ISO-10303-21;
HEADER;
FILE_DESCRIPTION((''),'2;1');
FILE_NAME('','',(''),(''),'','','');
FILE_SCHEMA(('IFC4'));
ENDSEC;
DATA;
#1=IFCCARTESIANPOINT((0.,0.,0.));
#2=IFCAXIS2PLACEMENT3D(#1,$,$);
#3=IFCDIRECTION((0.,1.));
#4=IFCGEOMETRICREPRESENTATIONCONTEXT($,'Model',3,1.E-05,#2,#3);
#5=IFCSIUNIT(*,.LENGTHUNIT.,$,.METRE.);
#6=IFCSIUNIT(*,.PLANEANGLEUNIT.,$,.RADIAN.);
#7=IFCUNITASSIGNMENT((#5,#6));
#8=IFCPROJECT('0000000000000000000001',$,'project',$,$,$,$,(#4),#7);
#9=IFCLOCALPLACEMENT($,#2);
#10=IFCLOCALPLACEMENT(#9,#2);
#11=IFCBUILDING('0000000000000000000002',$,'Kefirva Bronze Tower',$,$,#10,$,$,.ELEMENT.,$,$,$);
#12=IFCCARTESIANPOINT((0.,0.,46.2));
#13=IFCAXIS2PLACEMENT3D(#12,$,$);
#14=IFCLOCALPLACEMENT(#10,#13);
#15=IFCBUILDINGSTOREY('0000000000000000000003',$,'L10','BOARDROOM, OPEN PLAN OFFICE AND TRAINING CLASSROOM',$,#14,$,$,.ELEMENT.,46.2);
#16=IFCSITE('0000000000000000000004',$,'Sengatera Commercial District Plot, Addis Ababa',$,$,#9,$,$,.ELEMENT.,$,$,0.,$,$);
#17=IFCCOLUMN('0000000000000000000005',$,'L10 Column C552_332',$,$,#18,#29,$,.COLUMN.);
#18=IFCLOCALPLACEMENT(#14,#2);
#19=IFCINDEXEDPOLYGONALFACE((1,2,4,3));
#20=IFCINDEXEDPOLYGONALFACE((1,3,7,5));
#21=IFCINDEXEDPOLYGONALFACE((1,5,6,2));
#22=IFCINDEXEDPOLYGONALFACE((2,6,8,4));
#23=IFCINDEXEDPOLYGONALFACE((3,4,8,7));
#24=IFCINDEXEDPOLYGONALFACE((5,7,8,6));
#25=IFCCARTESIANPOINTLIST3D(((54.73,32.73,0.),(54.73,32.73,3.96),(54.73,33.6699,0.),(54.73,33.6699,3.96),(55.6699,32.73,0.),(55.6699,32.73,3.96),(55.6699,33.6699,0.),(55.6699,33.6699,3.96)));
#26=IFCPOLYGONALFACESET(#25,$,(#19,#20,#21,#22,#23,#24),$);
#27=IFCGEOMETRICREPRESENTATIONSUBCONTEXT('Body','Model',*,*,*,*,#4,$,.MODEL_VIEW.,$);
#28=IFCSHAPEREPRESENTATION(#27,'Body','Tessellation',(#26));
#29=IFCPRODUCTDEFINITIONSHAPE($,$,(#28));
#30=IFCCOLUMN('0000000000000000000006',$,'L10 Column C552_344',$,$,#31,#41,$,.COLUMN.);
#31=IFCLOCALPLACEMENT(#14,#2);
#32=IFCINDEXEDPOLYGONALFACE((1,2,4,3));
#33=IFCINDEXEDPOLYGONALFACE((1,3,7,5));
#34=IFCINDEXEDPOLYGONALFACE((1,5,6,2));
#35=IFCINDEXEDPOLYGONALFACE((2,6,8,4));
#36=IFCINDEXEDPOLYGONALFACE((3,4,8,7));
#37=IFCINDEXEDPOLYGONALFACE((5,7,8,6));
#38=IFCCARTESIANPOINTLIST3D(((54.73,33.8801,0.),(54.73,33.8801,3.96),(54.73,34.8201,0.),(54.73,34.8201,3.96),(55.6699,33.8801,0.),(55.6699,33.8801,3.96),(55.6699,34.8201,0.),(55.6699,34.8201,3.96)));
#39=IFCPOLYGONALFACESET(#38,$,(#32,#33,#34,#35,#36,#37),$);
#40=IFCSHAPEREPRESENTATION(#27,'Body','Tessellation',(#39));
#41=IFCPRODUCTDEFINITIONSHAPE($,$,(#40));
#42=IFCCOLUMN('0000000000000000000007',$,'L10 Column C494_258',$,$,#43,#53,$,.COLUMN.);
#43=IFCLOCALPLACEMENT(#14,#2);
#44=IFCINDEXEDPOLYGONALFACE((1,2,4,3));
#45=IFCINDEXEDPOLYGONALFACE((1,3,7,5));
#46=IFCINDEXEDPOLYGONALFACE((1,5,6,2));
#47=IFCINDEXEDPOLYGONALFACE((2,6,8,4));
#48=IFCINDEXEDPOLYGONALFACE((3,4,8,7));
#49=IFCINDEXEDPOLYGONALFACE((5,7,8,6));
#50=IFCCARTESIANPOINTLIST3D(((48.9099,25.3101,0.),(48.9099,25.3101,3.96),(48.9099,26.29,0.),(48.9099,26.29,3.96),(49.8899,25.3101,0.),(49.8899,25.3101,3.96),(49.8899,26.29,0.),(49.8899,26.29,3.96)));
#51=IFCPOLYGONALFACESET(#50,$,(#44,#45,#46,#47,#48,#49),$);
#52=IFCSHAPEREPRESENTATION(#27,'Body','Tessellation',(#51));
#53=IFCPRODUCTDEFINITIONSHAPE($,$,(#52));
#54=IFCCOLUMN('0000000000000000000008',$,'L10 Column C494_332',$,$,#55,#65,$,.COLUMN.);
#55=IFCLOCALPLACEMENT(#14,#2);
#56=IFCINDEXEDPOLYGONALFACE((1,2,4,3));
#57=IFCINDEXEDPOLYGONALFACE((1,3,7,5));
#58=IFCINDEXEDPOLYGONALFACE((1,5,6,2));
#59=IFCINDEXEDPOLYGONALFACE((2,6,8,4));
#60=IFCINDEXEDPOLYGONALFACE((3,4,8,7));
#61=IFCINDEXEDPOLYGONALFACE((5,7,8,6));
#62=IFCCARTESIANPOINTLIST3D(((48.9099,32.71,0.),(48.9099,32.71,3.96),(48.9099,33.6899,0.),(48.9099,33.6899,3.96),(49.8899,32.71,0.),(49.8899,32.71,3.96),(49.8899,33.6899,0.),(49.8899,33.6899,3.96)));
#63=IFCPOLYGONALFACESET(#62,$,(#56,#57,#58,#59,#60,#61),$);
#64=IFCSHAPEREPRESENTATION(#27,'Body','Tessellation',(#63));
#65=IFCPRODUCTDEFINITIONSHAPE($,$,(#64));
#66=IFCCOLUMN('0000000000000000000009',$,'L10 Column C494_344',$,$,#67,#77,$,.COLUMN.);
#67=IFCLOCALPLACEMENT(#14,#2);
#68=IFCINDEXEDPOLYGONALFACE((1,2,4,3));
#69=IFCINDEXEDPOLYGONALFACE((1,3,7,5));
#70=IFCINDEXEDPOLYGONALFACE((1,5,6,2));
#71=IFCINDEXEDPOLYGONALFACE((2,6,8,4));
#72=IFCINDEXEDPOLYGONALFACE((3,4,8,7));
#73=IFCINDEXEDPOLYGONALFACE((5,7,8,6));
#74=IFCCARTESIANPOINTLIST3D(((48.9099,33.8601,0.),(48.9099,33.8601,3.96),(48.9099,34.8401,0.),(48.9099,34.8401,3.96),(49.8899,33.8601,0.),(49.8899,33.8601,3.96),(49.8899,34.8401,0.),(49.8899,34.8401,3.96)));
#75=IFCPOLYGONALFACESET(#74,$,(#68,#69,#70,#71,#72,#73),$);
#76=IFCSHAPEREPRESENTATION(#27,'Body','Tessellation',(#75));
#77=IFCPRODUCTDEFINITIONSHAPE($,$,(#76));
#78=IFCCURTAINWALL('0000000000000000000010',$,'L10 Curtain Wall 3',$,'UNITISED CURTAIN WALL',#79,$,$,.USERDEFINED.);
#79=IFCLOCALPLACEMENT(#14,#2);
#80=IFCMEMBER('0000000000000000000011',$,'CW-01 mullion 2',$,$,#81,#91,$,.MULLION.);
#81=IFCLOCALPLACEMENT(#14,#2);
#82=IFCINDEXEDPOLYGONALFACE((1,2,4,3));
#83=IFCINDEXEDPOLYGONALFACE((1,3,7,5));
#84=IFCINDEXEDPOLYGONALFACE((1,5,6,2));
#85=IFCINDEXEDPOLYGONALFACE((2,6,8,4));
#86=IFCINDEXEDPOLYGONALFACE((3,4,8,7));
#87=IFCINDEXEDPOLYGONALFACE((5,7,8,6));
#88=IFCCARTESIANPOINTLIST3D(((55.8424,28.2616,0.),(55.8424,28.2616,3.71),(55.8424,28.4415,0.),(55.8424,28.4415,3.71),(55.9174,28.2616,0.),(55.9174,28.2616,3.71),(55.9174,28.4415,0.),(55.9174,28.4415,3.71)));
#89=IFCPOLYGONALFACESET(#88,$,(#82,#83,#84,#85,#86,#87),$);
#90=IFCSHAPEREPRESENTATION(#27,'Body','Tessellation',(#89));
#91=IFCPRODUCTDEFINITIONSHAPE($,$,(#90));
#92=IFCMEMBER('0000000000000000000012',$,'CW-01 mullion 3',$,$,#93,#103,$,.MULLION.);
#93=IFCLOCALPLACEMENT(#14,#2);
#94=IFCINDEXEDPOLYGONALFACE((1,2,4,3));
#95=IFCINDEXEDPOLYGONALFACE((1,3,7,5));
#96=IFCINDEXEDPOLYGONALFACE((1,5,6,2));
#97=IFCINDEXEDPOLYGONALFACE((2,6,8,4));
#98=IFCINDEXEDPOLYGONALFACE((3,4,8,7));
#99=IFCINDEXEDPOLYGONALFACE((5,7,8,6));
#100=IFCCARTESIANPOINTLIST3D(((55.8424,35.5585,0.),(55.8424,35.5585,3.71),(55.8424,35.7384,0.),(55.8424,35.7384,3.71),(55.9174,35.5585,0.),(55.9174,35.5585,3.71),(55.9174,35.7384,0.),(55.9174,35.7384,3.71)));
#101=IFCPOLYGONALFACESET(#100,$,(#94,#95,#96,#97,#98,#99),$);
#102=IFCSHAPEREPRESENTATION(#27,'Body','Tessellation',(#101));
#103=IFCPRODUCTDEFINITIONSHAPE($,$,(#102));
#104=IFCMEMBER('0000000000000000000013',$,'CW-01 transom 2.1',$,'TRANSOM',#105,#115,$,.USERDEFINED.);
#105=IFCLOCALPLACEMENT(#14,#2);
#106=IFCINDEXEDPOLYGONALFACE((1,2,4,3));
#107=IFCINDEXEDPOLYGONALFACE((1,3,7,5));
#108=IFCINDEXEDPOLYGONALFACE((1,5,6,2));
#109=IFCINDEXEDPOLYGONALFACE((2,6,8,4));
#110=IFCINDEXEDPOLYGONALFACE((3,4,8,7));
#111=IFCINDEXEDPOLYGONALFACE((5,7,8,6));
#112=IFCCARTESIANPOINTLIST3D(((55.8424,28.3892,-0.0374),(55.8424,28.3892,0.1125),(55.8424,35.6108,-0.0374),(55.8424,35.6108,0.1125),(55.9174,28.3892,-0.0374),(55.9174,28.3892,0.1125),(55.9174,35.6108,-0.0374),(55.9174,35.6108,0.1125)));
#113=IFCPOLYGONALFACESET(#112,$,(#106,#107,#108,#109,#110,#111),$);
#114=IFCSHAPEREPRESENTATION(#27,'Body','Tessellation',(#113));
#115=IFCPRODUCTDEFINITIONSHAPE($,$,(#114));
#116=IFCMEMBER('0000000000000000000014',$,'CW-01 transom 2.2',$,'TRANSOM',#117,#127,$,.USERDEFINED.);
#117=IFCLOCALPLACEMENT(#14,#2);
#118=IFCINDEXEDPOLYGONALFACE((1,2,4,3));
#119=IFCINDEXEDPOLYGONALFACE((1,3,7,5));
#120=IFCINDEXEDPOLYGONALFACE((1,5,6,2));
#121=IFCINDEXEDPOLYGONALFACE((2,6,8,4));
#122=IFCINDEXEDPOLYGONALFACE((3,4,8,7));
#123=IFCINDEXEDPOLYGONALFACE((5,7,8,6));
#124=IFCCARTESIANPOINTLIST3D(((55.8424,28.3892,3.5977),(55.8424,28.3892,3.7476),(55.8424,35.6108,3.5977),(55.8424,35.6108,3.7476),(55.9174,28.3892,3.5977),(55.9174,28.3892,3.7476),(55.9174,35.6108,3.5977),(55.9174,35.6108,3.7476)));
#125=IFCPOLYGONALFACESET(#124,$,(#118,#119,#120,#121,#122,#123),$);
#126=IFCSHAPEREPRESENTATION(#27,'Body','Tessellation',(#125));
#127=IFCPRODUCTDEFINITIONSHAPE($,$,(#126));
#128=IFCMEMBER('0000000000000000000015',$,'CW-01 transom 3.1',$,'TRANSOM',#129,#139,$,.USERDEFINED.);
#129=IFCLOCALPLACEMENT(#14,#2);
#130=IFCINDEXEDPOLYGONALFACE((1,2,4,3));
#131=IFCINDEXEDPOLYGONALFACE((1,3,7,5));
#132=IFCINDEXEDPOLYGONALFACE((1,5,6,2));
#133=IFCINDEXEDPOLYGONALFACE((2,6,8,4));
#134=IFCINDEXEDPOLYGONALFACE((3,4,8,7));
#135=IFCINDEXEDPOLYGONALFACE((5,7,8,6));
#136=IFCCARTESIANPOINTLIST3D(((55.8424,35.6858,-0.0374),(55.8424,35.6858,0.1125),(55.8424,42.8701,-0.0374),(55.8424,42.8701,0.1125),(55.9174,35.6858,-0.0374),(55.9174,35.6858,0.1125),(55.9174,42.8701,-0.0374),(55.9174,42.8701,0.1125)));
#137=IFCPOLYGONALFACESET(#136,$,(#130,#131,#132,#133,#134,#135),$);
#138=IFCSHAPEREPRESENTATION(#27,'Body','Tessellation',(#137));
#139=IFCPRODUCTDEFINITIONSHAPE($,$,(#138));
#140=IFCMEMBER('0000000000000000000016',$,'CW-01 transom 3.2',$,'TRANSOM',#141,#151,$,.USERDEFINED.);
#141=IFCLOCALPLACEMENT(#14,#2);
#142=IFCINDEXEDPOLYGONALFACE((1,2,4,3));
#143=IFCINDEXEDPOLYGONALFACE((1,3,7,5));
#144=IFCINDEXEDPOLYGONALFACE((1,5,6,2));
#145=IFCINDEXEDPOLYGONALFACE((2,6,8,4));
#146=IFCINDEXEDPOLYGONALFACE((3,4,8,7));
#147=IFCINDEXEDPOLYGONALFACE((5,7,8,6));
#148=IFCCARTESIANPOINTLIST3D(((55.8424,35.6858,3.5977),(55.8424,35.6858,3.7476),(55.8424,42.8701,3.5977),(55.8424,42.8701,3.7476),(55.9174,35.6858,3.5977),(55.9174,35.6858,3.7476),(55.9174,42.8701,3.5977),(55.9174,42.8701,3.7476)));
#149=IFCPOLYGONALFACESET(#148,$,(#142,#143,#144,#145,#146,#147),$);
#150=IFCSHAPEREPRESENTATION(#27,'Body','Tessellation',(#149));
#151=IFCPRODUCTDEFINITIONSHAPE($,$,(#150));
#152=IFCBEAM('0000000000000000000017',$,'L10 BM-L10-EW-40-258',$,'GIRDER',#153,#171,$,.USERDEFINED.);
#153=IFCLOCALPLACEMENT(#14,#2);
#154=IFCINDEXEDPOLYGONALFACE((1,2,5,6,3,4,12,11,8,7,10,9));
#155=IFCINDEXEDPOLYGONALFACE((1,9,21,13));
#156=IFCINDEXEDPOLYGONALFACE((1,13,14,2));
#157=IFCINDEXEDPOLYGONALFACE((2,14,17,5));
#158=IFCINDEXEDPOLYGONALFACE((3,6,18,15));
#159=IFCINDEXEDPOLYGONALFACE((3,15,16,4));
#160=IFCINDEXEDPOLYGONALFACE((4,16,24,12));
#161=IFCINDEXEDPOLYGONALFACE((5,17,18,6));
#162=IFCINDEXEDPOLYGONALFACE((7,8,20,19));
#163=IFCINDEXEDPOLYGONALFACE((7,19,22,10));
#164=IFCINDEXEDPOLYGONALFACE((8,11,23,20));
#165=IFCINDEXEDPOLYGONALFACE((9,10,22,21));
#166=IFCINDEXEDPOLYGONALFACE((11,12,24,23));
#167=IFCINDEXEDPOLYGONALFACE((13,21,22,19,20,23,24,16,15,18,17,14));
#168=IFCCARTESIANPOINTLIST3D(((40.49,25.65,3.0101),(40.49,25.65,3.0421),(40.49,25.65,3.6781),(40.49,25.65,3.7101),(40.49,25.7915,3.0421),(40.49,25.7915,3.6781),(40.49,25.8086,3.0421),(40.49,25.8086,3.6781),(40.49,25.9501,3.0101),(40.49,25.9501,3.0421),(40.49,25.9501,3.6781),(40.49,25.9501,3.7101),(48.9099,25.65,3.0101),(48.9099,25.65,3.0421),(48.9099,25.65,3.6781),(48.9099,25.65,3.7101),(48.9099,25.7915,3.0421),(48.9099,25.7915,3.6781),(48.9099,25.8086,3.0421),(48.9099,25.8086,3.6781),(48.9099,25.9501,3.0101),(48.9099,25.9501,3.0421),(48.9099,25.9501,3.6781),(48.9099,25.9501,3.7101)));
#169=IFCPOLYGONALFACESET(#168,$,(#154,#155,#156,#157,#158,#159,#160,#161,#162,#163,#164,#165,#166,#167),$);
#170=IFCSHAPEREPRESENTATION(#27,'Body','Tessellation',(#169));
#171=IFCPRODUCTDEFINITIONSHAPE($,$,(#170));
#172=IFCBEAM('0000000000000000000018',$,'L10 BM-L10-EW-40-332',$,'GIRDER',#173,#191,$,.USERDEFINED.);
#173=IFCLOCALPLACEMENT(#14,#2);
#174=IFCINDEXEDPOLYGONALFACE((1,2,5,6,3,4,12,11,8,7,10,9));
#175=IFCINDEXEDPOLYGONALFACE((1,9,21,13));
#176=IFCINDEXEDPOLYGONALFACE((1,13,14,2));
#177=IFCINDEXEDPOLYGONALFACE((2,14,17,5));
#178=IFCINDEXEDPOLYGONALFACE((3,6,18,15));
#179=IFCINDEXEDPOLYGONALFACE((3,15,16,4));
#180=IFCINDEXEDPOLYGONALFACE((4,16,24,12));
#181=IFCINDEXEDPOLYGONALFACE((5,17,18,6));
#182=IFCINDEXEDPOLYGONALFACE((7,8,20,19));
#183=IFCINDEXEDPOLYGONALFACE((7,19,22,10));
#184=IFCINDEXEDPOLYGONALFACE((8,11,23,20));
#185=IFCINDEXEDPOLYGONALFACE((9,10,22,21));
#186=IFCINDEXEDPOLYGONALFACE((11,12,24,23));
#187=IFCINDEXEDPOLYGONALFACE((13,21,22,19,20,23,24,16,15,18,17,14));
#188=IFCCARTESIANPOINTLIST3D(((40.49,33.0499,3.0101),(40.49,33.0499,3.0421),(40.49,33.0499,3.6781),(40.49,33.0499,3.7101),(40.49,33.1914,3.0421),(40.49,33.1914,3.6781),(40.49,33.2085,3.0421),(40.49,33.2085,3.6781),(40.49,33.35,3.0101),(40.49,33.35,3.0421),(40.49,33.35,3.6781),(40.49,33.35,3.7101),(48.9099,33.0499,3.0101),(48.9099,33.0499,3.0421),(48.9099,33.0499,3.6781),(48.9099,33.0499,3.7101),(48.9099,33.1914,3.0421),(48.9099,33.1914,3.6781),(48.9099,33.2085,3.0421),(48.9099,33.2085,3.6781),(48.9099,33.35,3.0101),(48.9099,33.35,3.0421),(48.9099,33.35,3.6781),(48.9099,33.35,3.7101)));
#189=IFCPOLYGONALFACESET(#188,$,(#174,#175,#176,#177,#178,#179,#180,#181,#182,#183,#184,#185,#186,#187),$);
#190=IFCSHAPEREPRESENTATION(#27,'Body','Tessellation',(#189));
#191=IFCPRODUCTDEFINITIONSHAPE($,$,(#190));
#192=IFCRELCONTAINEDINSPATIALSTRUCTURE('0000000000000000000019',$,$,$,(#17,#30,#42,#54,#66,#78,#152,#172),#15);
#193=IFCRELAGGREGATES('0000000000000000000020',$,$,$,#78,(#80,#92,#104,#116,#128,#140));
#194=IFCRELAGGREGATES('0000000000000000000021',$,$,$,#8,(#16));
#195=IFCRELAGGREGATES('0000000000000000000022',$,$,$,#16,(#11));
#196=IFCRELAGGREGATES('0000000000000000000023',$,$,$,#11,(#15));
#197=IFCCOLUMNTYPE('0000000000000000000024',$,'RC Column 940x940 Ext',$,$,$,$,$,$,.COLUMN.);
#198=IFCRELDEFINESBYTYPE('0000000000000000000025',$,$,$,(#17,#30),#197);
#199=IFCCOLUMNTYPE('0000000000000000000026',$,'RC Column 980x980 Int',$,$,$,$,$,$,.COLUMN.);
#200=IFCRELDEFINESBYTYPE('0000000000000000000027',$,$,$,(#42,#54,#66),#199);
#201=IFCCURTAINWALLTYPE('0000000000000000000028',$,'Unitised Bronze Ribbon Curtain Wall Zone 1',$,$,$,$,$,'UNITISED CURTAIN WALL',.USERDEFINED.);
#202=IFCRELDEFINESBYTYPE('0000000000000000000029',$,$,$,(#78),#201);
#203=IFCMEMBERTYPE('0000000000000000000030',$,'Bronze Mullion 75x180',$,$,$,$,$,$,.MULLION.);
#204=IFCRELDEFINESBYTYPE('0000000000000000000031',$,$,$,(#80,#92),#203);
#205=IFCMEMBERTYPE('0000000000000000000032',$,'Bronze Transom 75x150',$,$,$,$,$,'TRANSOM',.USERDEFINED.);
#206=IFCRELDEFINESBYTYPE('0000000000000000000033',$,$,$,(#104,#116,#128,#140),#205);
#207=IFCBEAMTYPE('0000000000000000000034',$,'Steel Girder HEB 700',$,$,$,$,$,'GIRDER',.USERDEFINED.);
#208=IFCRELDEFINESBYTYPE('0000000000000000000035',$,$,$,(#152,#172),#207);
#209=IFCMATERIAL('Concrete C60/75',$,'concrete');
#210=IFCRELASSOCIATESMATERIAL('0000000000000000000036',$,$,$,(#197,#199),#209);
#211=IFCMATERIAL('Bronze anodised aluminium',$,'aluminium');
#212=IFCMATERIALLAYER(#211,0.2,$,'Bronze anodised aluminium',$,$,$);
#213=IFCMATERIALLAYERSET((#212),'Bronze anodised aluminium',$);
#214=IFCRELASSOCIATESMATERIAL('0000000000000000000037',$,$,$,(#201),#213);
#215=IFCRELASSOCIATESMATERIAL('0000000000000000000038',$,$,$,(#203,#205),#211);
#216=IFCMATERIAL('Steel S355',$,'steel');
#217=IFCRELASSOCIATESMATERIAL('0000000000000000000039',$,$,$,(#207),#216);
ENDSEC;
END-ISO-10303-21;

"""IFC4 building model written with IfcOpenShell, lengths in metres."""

from ifc_helpers import new_model, si_unit, direction, frame, origin, origin_2d, place, context, subcontext, project, spatial, rectangle, i_section, extrude, material, layer, layer_set, material_profile, profile_set, type_object, element, aggregate, save


model = new_model("IFC4")

# Units and contexts
model_context = context("Model", 3, precision=1e-05, world=origin(), true_north=direction((0.0, 1.0)))
body_context = subcontext(model_context, "Body", "Model", "MODEL_VIEW")
ifc_project = project(units=[si_unit("LENGTHUNIT", "METRE"), si_unit("PLANEANGLEUNIT", "RADIAN")], contexts=[model_context])

# Site, building, storey
site_placement = place(None, origin())
site = spatial("IfcSite", under=ifc_project, at=site_placement, Name="Sengatera Commercial District Plot, Addis Ababa", CompositionType="ELEMENT", RefElevation=0.0)
building_placement = place(site_placement, origin())
building = spatial("IfcBuilding", under=site, at=building_placement, Name="Kefirva Bronze Tower", CompositionType="ELEMENT")
storey_placement = place(building_placement, frame((0.0, 0.0, 46.2)))
storey = spatial("IfcBuildingStorey", under=building, at=storey_placement, Name="L10", Description="BOARDROOM, OPEN PLAN OFFICE AND TRAINING CLASSROOM", CompositionType="ELEMENT", Elevation=46.2)

# Columns
ifc_material_1 = material(Name="Concrete C60/75", Category="concrete")
ifc_material_profile_1 = material_profile(ifc_material_1, rectangle(XDim=0.9399, YDim=0.9399, at=origin_2d()), Name="RC 940x940")
ifc_profile_set_1 = profile_set([ifc_material_profile_1], Name="Concrete C60/75")
column_type_1 = type_object("IfcColumnType", Name="RC Column 940x940 Ext", PredefinedType="COLUMN", material=ifc_profile_set_1)
for number, where, z_axis, x_axis, name in (
    (1, (55.2, 33.2, 0.0), (0.0, 0.0, 1.0), (1.0, 0.0, 0.0), "L10 Column C552_332"),
    (2, (55.2, 34.3501, 0.0), (0.0, 0.0, 1.0), (1.0, 0.0, 0.0), "L10 Column C552_344"),
):
    element("IfcColumn", number, at=place(storey_placement, frame(where, z_axis=z_axis, x_axis=x_axis)), inside=storey, type_object=column_type_1, Name=name, PredefinedType="COLUMN", context=body_context, shape_type="SweptSolid", body=[
        extrude(rectangle(XDim=0.9399, YDim=0.9399, at=origin_2d()), origin(), (0.0, 0.0, 1.0), 3.96),
    ])
ifc_material_profile_2 = material_profile(ifc_material_1, rectangle(XDim=0.98, YDim=0.98, at=origin_2d()), Name="RC 980x980")
ifc_profile_set_2 = profile_set([ifc_material_profile_2], Name="Concrete C60/75")
column_type_2 = type_object("IfcColumnType", Name="RC Column 980x980 Int", PredefinedType="COLUMN", material=ifc_profile_set_2)
for number, where, z_axis, x_axis, name in (
    (3, (49.3999, 25.8, 0.0), (0.0, 0.0, 1.0), (1.0, 0.0, 0.0), "L10 Column C494_258"),
    (4, (49.3999, 33.2, 0.0), (0.0, 0.0, 1.0), (1.0, 0.0, 0.0), "L10 Column C494_332"),
    (5, (49.3999, 34.3501, 0.0), (0.0, 0.0, 1.0), (1.0, 0.0, 0.0), "L10 Column C494_344"),
):
    element("IfcColumn", number, at=place(storey_placement, frame(where, z_axis=z_axis, x_axis=x_axis)), inside=storey, type_object=column_type_2, Name=name, PredefinedType="COLUMN", context=body_context, shape_type="SweptSolid", body=[
        extrude(rectangle(XDim=0.98, YDim=0.98, at=origin_2d()), origin(), (0.0, 0.0, 1.0), 3.96),
    ])

# Curtain wall, members
ifc_material_2 = material(Name="Bronze anodised aluminium", Category="aluminium")
ifc_layer_1 = layer(ifc_material_2, 0.2, Name="Bronze anodised aluminium")
ifc_layer_set_1 = layer_set([ifc_layer_1], Name="Bronze anodised aluminium")
curtain_wall_type = type_object("IfcCurtainWallType", Name="Unitised Bronze Ribbon Curtain Wall Zone 1", ElementType="UNITISED CURTAIN WALL", PredefinedType="USERDEFINED", material=ifc_layer_set_1)
curtain_wall_placement = place(storey_placement, origin())
curtain_wall = element("IfcCurtainWall", 6, at=curtain_wall_placement, inside=storey, type_object=curtain_wall_type, Name="L10 Curtain Wall 3", ObjectType="UNITISED CURTAIN WALL", PredefinedType="USERDEFINED")
ifc_material_profile_3 = material_profile(ifc_material_2, rectangle(XDim=0.075, YDim=0.1799, at=origin_2d()), Name="ALU 75x180")
ifc_profile_set_3 = profile_set([ifc_material_profile_3], Name="Bronze anodised aluminium")
member_type_1 = type_object("IfcMemberType", Name="Bronze Mullion 75x180", PredefinedType="MULLION", material=ifc_profile_set_3)
member_1_placement = place(storey_placement, frame((55.8799, 28.3516, 0.0), z_axis=(0.0, 0.0, 1.0), x_axis=(-1.0, 0.0, 0.0)))
member_1 = element("IfcMember", 7, at=member_1_placement, type_object=member_type_1, Name="CW-01 mullion 2", PredefinedType="MULLION", context=body_context, shape_type="SweptSolid", body=[
    extrude(rectangle(XDim=0.075, YDim=0.1799, at=origin_2d()), origin(), (0.0, 0.0, 1.0), 3.71),
])
member_2_placement = place(storey_placement, frame((55.8799, 35.6484, 0.0), z_axis=(0.0, 0.0, 1.0), x_axis=(-1.0, 0.0, 0.0)))
member_2 = element("IfcMember", 8, at=member_2_placement, type_object=member_type_1, Name="CW-01 mullion 3", PredefinedType="MULLION", context=body_context, shape_type="SweptSolid", body=[
    extrude(rectangle(XDim=0.075, YDim=0.1799, at=origin_2d()), origin(), (0.0, 0.0, 1.0), 3.71),
])
ifc_material_profile_4 = material_profile(ifc_material_2, rectangle(XDim=0.075, YDim=0.1499, at=origin_2d()), Name="ALU 75x150")
ifc_profile_set_4 = profile_set([ifc_material_profile_4], Name="Bronze anodised aluminium")
member_type_2 = type_object("IfcMemberType", Name="Bronze Transom 75x150", ElementType="TRANSOM", PredefinedType="USERDEFINED", material=ifc_profile_set_4)
member_3_placement = place(storey_placement, frame((55.8799, 28.3892, 0.0376), z_axis=(0.0, 1.0, 0.0), x_axis=(-1.0, 0.0, 0.0)))
member_3 = element("IfcMember", 9, at=member_3_placement, type_object=member_type_2, Name="CW-01 transom 2.1", ObjectType="TRANSOM", PredefinedType="USERDEFINED", context=body_context, shape_type="SweptSolid", body=[
    extrude(rectangle(XDim=0.075, YDim=0.1499, at=origin_2d()), origin(), (0.0, 0.0, 1.0), 7.2217),
])
member_4_placement = place(storey_placement, frame((55.8799, 28.3892, 3.6726), z_axis=(0.0, 1.0, 0.0), x_axis=(-1.0, 0.0, 0.0)))
member_4 = element("IfcMember", 10, at=member_4_placement, type_object=member_type_2, Name="CW-01 transom 2.2", ObjectType="TRANSOM", PredefinedType="USERDEFINED", context=body_context, shape_type="SweptSolid", body=[
    extrude(rectangle(XDim=0.075, YDim=0.1499, at=origin_2d()), origin(), (0.0, 0.0, 1.0), 7.2217),
])
member_5_placement = place(storey_placement, frame((55.8799, 35.6858, 0.0376), z_axis=(0.0, 1.0, 0.0), x_axis=(-1.0, 0.0, 0.0)))
member_5 = element("IfcMember", 11, at=member_5_placement, type_object=member_type_2, Name="CW-01 transom 3.1", ObjectType="TRANSOM", PredefinedType="USERDEFINED", context=body_context, shape_type="SweptSolid", body=[
    extrude(rectangle(XDim=0.075, YDim=0.1499, at=origin_2d()), origin(), (0.0, 0.0, 1.0), 7.1843),
])
member_6_placement = place(storey_placement, frame((55.8799, 35.6858, 3.6726), z_axis=(0.0, 1.0, 0.0), x_axis=(-1.0, 0.0, 0.0)))
member_6 = element("IfcMember", 12, at=member_6_placement, type_object=member_type_2, Name="CW-01 transom 3.2", ObjectType="TRANSOM", PredefinedType="USERDEFINED", context=body_context, shape_type="SweptSolid", body=[
    extrude(rectangle(XDim=0.075, YDim=0.1499, at=origin_2d()), origin(), (0.0, 0.0, 1.0), 7.1843),
])

# Beams
ifc_material_3 = material(Name="Steel S355", Category="steel")
ifc_material_profile_5 = material_profile(ifc_material_3, i_section(OverallWidth=0.3, OverallDepth=0.7, WebThickness=0.0171, FlangeThickness=0.032, at=origin_2d()), Name="HEB 700")
ifc_profile_set_5 = profile_set([ifc_material_profile_5], Name="Steel S355")
beam_type = type_object("IfcBeamType", Name="Steel Girder HEB 700", ElementType="GIRDER", PredefinedType="USERDEFINED", material=ifc_profile_set_5)
for number, where, z_axis, x_axis, name in (
    (13, (40.49, 25.8, 3.3601), (1.0, 0.0, 0.0), (0.0, 1.0, 0.0), "L10 BM-L10-EW-40-258"),
    (14, (40.49, 33.2, 3.3601), (1.0, 0.0, 0.0), (0.0, 1.0, 0.0), "L10 BM-L10-EW-40-332"),
):
    element("IfcBeam", number, at=place(storey_placement, frame(where, z_axis=z_axis, x_axis=x_axis)), inside=storey, type_object=beam_type, Name=name, ObjectType="GIRDER", PredefinedType="USERDEFINED", context=body_context, shape_type="SweptSolid", body=[
        extrude(i_section(OverallWidth=0.3, OverallDepth=0.7, WebThickness=0.0171, FlangeThickness=0.032, at=origin_2d()), origin(), (0.0, 0.0, 1.0), 8.4199),
    ])

aggregate(curtain_wall, [member_1, member_2, member_3, member_4, member_5, member_6])

save(model, "model.ifc")
